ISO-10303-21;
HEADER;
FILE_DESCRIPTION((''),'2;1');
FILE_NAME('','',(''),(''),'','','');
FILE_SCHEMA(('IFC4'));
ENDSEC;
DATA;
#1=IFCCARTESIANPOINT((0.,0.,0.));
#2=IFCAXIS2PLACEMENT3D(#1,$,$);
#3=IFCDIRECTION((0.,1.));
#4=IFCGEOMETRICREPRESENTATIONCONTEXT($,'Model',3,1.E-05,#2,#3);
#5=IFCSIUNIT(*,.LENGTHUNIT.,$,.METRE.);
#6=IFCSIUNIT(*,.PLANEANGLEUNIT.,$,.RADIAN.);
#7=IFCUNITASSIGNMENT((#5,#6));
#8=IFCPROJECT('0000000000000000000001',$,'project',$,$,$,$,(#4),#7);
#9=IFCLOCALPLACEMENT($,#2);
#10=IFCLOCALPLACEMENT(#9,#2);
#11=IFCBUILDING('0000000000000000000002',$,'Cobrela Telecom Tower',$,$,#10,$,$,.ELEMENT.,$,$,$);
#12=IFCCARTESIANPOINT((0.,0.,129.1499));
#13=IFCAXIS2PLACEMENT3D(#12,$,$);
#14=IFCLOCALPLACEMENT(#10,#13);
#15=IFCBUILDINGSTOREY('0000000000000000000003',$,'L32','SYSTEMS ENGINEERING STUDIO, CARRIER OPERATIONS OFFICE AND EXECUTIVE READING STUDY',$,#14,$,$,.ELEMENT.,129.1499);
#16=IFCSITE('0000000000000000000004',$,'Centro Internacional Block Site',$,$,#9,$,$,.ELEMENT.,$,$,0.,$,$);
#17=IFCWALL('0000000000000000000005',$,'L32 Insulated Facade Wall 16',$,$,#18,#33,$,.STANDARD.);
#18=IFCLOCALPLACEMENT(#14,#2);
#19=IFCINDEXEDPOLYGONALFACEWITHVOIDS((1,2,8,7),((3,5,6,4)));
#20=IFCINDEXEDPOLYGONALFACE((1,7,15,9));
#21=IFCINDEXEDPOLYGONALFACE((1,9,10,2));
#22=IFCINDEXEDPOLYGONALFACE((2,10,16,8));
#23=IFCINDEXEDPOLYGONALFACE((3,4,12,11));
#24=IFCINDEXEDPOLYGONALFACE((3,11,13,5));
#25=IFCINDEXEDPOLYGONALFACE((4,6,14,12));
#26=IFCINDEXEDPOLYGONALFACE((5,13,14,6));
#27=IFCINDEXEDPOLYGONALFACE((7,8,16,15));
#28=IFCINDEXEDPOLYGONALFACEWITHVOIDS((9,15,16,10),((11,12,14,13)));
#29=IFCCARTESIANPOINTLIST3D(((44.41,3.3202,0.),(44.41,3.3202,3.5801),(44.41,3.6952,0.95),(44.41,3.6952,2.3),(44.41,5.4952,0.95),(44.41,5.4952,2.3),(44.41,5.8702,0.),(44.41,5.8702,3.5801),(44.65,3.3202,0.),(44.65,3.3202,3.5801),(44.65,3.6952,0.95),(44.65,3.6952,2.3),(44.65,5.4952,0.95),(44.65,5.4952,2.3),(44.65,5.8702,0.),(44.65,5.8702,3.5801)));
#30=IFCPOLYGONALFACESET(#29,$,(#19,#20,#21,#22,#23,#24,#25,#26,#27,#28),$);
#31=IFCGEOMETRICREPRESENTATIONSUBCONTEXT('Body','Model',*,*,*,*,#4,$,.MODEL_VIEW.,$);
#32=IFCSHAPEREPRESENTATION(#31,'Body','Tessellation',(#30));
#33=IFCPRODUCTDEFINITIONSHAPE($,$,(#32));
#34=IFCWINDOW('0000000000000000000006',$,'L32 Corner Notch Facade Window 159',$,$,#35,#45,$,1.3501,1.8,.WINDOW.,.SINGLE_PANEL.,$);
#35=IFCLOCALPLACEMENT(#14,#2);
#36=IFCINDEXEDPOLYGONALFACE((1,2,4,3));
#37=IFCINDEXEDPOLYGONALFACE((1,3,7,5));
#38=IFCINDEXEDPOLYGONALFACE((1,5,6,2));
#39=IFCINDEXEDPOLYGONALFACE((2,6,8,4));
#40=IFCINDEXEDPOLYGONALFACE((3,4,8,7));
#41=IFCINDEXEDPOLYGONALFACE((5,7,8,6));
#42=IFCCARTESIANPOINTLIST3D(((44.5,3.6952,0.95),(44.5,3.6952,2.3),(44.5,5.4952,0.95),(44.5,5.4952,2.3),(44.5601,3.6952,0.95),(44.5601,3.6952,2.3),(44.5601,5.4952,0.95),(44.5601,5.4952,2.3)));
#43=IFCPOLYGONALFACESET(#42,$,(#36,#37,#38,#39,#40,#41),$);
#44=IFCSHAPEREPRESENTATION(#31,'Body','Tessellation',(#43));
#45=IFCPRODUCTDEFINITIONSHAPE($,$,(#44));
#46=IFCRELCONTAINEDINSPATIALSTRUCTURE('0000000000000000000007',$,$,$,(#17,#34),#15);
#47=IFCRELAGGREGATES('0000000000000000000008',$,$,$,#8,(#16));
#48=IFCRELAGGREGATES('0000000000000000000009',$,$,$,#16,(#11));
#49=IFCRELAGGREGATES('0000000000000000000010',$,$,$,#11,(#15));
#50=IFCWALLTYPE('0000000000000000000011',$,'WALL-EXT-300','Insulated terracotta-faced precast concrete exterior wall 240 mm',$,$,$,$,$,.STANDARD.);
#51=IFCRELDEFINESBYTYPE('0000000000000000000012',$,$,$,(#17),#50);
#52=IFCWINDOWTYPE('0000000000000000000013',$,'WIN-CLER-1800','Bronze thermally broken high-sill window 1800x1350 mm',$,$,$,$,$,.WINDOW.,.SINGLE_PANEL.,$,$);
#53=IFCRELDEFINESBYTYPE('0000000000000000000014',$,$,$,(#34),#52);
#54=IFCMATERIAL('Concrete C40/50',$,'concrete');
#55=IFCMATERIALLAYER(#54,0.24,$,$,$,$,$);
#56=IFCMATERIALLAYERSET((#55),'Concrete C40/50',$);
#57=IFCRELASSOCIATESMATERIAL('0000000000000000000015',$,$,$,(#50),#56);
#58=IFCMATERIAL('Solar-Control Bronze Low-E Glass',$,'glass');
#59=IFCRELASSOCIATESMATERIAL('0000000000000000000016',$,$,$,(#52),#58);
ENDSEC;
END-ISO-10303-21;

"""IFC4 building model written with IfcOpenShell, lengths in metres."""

from ifc_helpers import new_model, si_unit, direction, frame, frame_2d, origin, place, context, subcontext, project, spatial, rectangle, extrude, material, layer, layer_set, type_object, element, fill, save


model = new_model("IFC4")

# Units and contexts
model_context = context("Model", 3, precision=1e-05, world=origin(), true_north=direction((0.0, 1.0)))
body_context = subcontext(model_context, "Body", "Model", "MODEL_VIEW")
ifc_project = project(units=[si_unit("LENGTHUNIT", "METRE"), si_unit("PLANEANGLEUNIT", "RADIAN")], contexts=[model_context])

# Site, building, storey
site_placement = place(None, origin())
site = spatial("IfcSite", under=ifc_project, at=site_placement, Name="Centro Internacional Block Site", CompositionType="ELEMENT", RefElevation=0.0)
building_placement = place(site_placement, origin())
building = spatial("IfcBuilding", under=site, at=building_placement, Name="Cobrela Telecom Tower", CompositionType="ELEMENT")
storey_placement = place(building_placement, frame((0.0, 0.0, 129.1499)))
storey = spatial("IfcBuildingStorey", under=building, at=storey_placement, Name="L32", Description="SYSTEMS ENGINEERING STUDIO, CARRIER OPERATIONS OFFICE AND EXECUTIVE READING STUDY", CompositionType="ELEMENT", Elevation=129.1499)

# Shared definitions
ifc_material_1 = material(Name="Solar-Control Bronze Low-E Glass", Category="glass")

# Wall, opening, window
ifc_material_2 = material(Name="Concrete C40/50", Category="concrete")
ifc_layer_1 = layer(ifc_material_2, 0.24)
ifc_layer_set_1 = layer_set([ifc_layer_1], Name="Concrete C40/50")
wall_type = type_object("IfcWallType", Name="WALL-EXT-300", Description="Insulated terracotta-faced precast concrete exterior wall 240 mm", PredefinedType="STANDARD", material=ifc_layer_set_1)
wall_1_placement = place(storey_placement, frame((44.53, 5.8701, 0.0), z_axis=(0.0, 0.0, 1.0), x_axis=(0.0, -1.0, 0.0)))
wall_1 = element("IfcWall", 1, at=wall_1_placement, inside=storey, type_object=wall_type, Name="L32 Insulated Facade Wall 16", PredefinedType="STANDARD", context=body_context, shape_type="SweptSolid", body=[
    extrude(rectangle(XDim=2.55, YDim=0.24, at=frame_2d((1.2749, 0.0))), origin(), (0.0, 0.0, 1.0), 3.5801),
])
opening_1_placement = place(wall_1_placement, frame((0.375, 0.0, 0.95)))
opening_1 = element("IfcOpeningElement", 2, at=opening_1_placement, cuts=wall_1, PredefinedType="OPENING", context=body_context, shape_type="SweptSolid", body=[
    extrude(rectangle(XDim=1.8, YDim=1.3501, at=frame_2d((0.8999, 0.675))), frame((0.0, 0.1318, 0.0), z_axis=(0.0, -1.0, 0.0), x_axis=(1.0, 0.0, 0.0)), (0.0, 0.0, 1.0), 0.2639),
])
window_type_1 = type_object("IfcWindowType", Name="WIN-CLER-1800", Description="Bronze thermally broken high-sill window 1800x1350 mm", PartitioningType="SINGLE_PANEL", PredefinedType="WINDOW", material=ifc_material_1)
window_1_placement = place(opening_1_placement, origin())
window_1 = element("IfcWindow", 3, at=window_1_placement, inside=storey, type_object=window_type_1, Name="L32 Corner Notch Facade Window 159", OverallHeight=1.3501, OverallWidth=1.8, PartitioningType="SINGLE_PANEL", PredefinedType="WINDOW", context=body_context, shape_type="SweptSolid", body=[
    extrude(rectangle(XDim=1.8, YDim=1.3501, at=frame_2d((0.8999, 0.675))), frame((0.0, 0.03, 0.0), z_axis=(0.0, -1.0, 0.0), x_axis=(1.0, 0.0, 0.0)), (0.0, 0.0, 1.0), 0.0601),
])
fill(opening_1, window_1)

save(model, "model.ifc")
